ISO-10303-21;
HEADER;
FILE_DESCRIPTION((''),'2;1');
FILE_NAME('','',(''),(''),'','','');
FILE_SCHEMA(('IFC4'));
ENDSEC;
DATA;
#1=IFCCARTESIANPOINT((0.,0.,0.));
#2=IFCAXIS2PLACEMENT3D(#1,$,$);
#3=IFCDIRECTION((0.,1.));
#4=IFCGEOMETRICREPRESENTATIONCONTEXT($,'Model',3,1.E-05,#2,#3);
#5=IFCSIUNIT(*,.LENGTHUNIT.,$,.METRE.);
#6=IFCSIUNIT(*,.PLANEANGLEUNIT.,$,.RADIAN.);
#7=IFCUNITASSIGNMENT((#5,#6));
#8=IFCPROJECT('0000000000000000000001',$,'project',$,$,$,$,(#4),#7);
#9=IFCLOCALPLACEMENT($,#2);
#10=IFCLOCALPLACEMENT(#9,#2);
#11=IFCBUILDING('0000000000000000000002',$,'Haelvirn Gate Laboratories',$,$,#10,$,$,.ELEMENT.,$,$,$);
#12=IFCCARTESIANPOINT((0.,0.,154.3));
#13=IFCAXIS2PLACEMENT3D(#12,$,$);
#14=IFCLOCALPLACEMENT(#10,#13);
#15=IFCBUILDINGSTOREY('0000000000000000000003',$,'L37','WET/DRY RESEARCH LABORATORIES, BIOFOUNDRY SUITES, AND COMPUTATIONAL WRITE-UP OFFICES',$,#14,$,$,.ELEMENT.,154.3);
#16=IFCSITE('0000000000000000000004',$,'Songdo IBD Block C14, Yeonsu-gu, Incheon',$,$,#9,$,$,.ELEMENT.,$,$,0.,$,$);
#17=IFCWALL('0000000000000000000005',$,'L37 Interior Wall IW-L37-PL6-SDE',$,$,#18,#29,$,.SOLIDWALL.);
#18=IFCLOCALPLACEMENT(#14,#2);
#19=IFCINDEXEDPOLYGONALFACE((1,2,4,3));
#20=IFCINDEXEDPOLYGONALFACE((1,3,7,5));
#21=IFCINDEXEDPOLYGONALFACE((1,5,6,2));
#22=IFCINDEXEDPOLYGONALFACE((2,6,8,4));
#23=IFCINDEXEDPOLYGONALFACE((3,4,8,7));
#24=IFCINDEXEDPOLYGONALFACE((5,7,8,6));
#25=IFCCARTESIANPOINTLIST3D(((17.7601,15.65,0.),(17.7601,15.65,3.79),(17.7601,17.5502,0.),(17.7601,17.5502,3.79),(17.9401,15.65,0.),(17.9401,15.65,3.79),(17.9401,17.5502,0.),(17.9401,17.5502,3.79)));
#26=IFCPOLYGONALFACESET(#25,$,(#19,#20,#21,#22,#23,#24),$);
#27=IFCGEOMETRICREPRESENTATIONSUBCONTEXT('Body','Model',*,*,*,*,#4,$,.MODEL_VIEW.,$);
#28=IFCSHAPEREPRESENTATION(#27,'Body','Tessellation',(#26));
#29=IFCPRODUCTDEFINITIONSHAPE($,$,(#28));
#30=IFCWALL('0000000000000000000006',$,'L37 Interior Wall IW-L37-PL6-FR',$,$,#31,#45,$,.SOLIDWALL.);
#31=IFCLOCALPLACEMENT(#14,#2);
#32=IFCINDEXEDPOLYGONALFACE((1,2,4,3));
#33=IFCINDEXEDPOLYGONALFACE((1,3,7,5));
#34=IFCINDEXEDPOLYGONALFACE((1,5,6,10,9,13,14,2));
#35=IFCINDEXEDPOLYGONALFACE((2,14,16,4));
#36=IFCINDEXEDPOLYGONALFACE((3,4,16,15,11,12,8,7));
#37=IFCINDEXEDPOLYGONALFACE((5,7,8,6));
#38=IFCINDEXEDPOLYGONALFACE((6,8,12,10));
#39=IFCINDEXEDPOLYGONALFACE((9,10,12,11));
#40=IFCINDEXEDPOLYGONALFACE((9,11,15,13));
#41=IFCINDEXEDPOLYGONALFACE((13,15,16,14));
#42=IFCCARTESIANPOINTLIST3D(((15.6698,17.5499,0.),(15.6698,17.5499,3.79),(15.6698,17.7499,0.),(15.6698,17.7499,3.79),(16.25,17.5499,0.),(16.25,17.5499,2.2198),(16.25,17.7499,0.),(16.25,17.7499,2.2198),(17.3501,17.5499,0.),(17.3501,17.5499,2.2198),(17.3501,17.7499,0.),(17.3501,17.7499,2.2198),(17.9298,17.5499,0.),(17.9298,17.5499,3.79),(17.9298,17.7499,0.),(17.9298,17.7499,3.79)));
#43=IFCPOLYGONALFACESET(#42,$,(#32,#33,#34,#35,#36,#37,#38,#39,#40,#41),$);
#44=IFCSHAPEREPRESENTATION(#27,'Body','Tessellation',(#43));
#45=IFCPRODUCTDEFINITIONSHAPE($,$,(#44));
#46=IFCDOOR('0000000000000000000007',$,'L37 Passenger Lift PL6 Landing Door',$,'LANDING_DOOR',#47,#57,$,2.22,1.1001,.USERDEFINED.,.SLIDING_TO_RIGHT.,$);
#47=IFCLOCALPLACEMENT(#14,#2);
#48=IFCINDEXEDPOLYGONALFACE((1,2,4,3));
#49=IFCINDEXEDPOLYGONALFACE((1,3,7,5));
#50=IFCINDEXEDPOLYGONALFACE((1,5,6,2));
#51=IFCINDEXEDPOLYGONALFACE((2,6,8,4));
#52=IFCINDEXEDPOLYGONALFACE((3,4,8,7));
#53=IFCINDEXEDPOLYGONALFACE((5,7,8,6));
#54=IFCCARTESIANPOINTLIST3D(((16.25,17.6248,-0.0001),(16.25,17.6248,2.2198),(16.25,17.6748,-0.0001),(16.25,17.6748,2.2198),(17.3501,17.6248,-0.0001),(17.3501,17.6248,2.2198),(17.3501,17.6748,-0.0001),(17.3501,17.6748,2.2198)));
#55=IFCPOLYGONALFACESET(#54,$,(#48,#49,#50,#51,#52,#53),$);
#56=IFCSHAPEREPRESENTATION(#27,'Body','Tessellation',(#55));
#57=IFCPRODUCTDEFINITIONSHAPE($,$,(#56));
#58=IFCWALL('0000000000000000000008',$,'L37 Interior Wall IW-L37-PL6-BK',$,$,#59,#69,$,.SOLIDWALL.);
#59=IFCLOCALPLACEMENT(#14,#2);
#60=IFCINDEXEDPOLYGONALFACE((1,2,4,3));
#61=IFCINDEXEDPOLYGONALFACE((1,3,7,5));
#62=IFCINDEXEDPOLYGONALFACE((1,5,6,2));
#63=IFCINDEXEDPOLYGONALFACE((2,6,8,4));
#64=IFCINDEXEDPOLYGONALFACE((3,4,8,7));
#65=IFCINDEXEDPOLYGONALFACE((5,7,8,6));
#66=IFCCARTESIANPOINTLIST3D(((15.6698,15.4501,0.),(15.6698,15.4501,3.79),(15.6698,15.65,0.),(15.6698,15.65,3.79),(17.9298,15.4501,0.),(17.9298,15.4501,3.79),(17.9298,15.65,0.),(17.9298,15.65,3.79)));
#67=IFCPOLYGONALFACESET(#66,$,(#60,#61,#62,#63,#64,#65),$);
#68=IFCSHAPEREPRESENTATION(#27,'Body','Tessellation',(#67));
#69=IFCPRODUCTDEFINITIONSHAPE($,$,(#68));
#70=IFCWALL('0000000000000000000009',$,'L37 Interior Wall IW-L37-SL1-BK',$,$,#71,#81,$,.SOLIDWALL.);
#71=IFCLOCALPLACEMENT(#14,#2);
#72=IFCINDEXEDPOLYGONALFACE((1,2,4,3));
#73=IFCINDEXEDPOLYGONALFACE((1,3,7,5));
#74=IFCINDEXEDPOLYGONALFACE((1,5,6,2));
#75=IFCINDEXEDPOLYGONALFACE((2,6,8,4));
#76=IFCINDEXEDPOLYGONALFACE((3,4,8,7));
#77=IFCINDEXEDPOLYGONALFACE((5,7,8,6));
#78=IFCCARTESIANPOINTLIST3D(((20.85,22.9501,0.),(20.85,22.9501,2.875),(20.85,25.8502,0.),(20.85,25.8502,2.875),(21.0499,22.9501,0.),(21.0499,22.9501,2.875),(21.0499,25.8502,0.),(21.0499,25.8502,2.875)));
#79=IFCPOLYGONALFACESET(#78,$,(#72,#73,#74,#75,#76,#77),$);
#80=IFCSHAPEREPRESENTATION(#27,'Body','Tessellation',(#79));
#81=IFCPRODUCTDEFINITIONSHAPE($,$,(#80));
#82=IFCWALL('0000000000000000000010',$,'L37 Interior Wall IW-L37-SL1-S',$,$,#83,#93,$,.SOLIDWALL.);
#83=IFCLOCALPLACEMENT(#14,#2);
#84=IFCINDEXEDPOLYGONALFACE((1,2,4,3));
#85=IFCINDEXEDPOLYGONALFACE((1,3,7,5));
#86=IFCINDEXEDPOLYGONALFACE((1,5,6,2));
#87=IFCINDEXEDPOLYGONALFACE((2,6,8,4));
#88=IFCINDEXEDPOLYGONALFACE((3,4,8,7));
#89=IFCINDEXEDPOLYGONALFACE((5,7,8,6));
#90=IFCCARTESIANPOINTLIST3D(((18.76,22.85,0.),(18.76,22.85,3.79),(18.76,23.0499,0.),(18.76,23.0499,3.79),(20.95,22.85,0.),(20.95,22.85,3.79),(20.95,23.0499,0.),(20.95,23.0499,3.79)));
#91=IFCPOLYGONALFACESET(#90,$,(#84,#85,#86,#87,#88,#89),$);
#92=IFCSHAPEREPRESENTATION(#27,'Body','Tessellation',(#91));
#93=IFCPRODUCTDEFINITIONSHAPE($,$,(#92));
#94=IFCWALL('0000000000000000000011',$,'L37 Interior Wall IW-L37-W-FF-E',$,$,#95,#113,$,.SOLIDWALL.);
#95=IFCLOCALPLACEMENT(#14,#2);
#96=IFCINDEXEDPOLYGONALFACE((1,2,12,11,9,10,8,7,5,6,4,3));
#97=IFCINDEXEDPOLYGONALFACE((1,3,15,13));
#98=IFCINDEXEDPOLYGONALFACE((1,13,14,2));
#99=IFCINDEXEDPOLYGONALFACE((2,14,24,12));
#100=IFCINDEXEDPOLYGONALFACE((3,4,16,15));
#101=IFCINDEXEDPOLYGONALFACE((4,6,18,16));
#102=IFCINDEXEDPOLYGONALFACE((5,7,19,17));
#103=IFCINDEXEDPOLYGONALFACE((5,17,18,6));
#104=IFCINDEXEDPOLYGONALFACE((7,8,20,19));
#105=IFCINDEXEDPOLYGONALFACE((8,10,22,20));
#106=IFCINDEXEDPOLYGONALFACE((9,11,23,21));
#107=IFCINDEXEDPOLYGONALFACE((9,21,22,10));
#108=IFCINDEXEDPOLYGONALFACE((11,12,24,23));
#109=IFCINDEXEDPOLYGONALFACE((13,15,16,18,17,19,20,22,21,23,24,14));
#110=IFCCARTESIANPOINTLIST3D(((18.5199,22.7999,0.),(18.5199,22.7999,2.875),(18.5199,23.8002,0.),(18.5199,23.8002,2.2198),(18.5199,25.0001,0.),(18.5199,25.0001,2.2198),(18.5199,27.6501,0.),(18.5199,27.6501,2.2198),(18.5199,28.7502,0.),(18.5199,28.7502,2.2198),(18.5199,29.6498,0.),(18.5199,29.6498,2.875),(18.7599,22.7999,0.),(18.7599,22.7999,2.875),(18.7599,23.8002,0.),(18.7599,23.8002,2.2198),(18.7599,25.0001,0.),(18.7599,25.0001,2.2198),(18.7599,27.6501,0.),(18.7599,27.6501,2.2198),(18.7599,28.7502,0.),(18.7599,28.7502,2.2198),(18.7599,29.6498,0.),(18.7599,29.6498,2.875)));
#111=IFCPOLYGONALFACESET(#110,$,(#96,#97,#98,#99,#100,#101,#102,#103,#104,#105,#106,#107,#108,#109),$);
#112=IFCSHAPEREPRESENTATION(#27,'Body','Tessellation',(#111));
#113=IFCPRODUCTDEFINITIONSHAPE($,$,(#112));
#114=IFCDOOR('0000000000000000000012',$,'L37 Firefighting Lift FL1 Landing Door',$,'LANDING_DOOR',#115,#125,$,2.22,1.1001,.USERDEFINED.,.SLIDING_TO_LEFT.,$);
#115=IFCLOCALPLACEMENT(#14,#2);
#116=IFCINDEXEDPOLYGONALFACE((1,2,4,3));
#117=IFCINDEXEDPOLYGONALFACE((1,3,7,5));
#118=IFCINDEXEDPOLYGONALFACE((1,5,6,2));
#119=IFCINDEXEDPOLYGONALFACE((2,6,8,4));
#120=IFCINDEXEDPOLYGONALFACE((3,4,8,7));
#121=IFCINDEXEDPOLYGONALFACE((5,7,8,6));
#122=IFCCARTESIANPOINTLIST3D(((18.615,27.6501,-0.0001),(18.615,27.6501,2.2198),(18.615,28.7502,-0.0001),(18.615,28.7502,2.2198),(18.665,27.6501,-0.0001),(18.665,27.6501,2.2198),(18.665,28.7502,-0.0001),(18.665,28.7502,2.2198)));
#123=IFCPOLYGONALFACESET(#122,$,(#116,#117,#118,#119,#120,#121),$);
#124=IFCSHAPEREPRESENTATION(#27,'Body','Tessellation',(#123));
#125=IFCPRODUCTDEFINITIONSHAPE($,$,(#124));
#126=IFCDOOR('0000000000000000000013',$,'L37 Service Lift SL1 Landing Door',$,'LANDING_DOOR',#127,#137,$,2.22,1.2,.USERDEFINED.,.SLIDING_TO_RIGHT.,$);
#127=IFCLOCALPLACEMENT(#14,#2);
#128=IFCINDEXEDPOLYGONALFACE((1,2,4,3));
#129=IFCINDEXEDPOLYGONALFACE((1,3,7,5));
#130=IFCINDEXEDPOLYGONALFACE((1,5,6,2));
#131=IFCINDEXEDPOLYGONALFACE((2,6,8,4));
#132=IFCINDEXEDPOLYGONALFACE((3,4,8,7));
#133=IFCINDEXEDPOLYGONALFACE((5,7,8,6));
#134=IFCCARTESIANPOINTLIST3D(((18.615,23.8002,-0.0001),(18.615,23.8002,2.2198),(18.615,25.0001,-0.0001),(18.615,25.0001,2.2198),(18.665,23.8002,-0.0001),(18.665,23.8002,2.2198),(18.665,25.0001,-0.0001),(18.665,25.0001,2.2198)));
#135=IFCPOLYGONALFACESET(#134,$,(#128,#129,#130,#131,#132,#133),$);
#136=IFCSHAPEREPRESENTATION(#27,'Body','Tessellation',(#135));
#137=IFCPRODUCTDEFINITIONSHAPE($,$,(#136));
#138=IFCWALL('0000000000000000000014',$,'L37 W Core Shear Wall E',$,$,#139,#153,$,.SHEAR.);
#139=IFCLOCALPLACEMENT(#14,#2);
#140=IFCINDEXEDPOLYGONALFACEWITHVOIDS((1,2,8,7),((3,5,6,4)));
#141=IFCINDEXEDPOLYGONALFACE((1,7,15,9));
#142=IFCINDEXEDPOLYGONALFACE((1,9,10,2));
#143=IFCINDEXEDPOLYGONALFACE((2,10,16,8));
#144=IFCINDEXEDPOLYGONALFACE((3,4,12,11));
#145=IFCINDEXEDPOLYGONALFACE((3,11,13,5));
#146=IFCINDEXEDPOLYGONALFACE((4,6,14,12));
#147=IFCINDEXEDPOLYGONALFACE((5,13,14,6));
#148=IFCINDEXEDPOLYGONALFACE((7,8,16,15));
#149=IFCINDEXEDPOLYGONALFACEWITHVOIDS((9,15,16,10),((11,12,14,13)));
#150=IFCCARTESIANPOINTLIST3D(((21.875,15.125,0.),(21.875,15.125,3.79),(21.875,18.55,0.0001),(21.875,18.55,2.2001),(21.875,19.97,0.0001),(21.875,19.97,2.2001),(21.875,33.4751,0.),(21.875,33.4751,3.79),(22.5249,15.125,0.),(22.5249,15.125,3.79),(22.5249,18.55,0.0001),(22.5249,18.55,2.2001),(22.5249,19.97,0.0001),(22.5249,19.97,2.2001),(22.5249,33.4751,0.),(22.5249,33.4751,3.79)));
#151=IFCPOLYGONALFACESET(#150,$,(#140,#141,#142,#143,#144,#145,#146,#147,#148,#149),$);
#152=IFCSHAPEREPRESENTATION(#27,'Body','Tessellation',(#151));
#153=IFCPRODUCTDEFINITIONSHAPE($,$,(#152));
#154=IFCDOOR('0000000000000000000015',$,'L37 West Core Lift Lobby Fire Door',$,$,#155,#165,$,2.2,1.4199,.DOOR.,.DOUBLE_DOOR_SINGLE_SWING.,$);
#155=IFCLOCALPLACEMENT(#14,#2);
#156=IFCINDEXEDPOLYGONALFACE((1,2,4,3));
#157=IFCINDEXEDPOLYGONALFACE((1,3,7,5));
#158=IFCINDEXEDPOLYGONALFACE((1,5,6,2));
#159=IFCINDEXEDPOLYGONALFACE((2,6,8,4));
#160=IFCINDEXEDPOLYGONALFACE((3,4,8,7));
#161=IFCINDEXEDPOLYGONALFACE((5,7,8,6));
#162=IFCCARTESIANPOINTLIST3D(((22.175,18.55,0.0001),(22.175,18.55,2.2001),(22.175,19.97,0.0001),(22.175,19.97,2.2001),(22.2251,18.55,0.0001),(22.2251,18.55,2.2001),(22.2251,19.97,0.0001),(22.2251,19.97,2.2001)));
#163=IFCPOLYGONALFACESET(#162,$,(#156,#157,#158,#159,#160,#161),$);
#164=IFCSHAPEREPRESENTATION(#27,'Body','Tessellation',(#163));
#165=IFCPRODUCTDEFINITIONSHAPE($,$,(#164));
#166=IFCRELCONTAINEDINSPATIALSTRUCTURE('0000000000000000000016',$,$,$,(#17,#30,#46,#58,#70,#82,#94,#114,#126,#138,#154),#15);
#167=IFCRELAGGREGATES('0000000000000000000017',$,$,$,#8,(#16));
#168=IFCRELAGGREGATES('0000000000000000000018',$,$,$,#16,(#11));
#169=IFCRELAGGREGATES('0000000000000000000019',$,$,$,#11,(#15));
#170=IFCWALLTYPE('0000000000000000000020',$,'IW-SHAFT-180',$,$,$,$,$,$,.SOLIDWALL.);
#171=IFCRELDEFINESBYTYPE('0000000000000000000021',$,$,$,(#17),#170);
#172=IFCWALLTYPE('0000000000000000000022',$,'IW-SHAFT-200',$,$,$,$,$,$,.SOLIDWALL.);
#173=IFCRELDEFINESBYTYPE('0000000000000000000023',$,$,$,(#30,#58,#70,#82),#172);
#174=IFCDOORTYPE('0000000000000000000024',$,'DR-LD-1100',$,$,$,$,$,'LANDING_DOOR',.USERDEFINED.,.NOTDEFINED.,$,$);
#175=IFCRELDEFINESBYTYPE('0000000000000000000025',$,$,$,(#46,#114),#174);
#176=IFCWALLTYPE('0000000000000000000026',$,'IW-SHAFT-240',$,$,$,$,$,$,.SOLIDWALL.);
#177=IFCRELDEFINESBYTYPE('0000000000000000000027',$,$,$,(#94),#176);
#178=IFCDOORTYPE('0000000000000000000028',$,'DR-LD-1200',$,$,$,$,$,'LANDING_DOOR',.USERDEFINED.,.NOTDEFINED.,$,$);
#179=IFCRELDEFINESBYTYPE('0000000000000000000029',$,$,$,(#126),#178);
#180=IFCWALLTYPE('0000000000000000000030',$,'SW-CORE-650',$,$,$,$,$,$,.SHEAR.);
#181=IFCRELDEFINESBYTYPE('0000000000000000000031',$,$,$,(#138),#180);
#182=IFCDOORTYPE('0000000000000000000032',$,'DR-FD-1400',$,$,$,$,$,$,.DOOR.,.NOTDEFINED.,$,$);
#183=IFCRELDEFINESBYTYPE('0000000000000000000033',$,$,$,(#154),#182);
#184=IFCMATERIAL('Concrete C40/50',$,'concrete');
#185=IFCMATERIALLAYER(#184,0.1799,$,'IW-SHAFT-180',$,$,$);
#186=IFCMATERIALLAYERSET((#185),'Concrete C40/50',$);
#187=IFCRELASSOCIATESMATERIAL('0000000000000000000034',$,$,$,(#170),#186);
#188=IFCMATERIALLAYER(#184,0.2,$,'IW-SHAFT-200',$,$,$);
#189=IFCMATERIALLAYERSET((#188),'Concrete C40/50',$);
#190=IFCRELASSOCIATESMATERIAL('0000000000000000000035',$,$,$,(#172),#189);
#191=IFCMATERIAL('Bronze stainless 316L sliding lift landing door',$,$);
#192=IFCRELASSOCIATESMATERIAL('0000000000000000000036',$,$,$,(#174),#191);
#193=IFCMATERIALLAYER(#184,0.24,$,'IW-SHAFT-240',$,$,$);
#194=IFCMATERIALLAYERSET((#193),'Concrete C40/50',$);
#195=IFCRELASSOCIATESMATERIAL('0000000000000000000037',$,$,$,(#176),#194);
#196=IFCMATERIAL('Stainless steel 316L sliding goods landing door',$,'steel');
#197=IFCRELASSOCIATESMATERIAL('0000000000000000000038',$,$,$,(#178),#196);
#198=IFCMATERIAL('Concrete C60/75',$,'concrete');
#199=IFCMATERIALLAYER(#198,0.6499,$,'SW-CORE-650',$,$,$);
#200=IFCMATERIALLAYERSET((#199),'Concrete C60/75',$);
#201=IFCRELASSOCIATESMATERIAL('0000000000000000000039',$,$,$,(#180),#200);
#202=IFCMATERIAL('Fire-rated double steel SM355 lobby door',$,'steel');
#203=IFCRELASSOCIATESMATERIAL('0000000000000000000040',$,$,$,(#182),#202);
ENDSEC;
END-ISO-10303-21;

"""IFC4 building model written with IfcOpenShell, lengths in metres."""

from ifc_helpers import new_model, si_unit, direction, frame, frame_2d, origin, place, context, subcontext, project, spatial, rectangle, extrude, source, transform, mapped, material, layer, layer_set, type_object, type_shapes, element, fill, save


model = new_model("IFC4")

# Units and contexts
model_context = context("Model", 3, precision=1e-05, world=origin(), true_north=direction((0.0, 1.0)))
body_context = subcontext(model_context, "Body", "Model", "MODEL_VIEW")
ifc_project = project(units=[si_unit("LENGTHUNIT", "METRE"), si_unit("PLANEANGLEUNIT", "RADIAN")], contexts=[model_context])

# Site, building, storey
site_placement = place(None, origin())
site = spatial("IfcSite", under=ifc_project, at=site_placement, Name="Songdo IBD Block C14, Yeonsu-gu, Incheon", CompositionType="ELEMENT", RefElevation=0.0)
building_placement = place(site_placement, origin())
building = spatial("IfcBuilding", under=site, at=building_placement, Name="Haelvirn Gate Laboratories", CompositionType="ELEMENT")
storey_placement = place(building_placement, frame((0.0, 0.0, 154.3)))
storey = spatial("IfcBuildingStorey", under=building, at=storey_placement, Name="L37", Description="WET/DRY RESEARCH LABORATORIES, BIOFOUNDRY SUITES, AND COMPUTATIONAL WRITE-UP OFFICES", CompositionType="ELEMENT", Elevation=154.3)

# Shared definitions
ifc_material_1 = material(Name="Concrete C60/75", Category="concrete")

# Wall
ifc_material_2 = material(Name="Concrete C40/50", Category="concrete")
ifc_layer_1 = layer(ifc_material_2, 0.1799, Name="IW-SHAFT-180")
ifc_layer_set_1 = layer_set([ifc_layer_1], Name="Concrete C40/50")
wall_type_1 = type_object("IfcWallType", Name="IW-SHAFT-180", PredefinedType="SOLIDWALL", material=ifc_layer_set_1)
for number, where, z_axis, x_axis, name in (
    (1, (17.8501, 15.6499, 0.0), (0.0, 0.0, 1.0), (0.0, 1.0, 0.0), "L37 Interior Wall IW-L37-PL6-SDE"),
):
    element("IfcWall", number, at=place(storey_placement, frame(where, z_axis=z_axis, x_axis=x_axis)), inside=storey, type_object=wall_type_1, Name=name, PredefinedType="SOLIDWALL", context=body_context, shape_type="SweptSolid", body=[
        extrude(rectangle(XDim=1.9001, YDim=0.1799, at=frame_2d((0.9502, 0.0))), origin(), (0.0, 0.0, 1.0), 3.79),
    ])

# Wall, opening, door
ifc_layer_2 = layer(ifc_material_2, 0.2, Name="IW-SHAFT-200")
ifc_layer_set_2 = layer_set([ifc_layer_2], Name="Concrete C40/50")
wall_type_2 = type_object("IfcWallType", Name="IW-SHAFT-200", PredefinedType="SOLIDWALL", material=ifc_layer_set_2)
wall_1_placement = place(storey_placement, frame((15.6699, 17.6499, 0.0), z_axis=(0.0, 0.0, 1.0), x_axis=(1.0, 0.0, 0.0)))
wall_1 = element("IfcWall", 2, at=wall_1_placement, inside=storey, type_object=wall_type_2, Name="L37 Interior Wall IW-L37-PL6-FR", PredefinedType="SOLIDWALL", context=body_context, shape_type="SweptSolid", body=[
    extrude(rectangle(XDim=2.26, YDim=0.2, at=frame_2d((1.1299, 0.0))), origin(), (0.0, 0.0, 1.0), 3.79),
])
opening_1_placement = place(wall_1_placement, frame((0.5801, 0.0, 0.0)))
opening_1 = element("IfcOpeningElement", 3, at=opening_1_placement, cuts=wall_1, PredefinedType="OPENING", context=body_context, shape_type="SweptSolid", body=[
    extrude(rectangle(XDim=1.1001, YDim=2.22, at=frame_2d((0.55, 1.1099))), frame((0.0, 0.1099, 0.0), z_axis=(0.0, -1.0, 0.0), x_axis=(1.0, 0.0, 0.0)), (0.0, 0.0, 1.0), 0.22),
])
ifc_material_3 = material(Name="Bronze stainless 316L sliding lift landing door")
door_type_1 = type_object("IfcDoorType", Name="DR-LD-1100", ElementType="LANDING_DOOR", OperationType="NOTDEFINED", PredefinedType="USERDEFINED", material=ifc_material_3)
shared_shape_1 = source(origin(), body_context, "Body", "SweptSolid", [
    extrude(rectangle(XDim=1.1001, YDim=2.22, at=frame_2d((0.55, 1.1099))), frame((0.0, 0.0249, 0.0), z_axis=(0.0, -1.0, 0.0), x_axis=(1.0, 0.0, 0.0)), (0.0, 0.0, 1.0), 0.05),
])
type_shapes(door_type_1, [shared_shape_1])
door_1_placement = place(opening_1_placement, origin())
door_1 = element("IfcDoor", 4, at=door_1_placement, inside=storey, type_object=door_type_1, Name="L37 Passenger Lift PL6 Landing Door", ObjectType="LANDING_DOOR", OperationType="SLIDING_TO_RIGHT", OverallHeight=2.22, OverallWidth=1.1001, PredefinedType="USERDEFINED", context=body_context, shape_type="MappedRepresentation", body=[
    mapped(shared_shape_1, transform((0.0, 0.0, 0.0), scale=1.0)),
])
fill(opening_1, door_1)

# Walls
wall_2_placement = place(storey_placement, frame((15.6699, 15.55, 0.0), z_axis=(0.0, 0.0, 1.0), x_axis=(1.0, 0.0, 0.0)))
element("IfcWall", 5, at=wall_2_placement, inside=storey, type_object=wall_type_2, Name="L37 Interior Wall IW-L37-PL6-BK", PredefinedType="SOLIDWALL", context=body_context, shape_type="SweptSolid", body=[
    extrude(rectangle(XDim=2.26, YDim=0.2, at=frame_2d((1.1299, 0.0))), origin(), (0.0, 0.0, 1.0), 3.79),
])
wall_3_placement = place(storey_placement, frame((20.95, 22.95, 0.0), z_axis=(0.0, 0.0, 1.0), x_axis=(0.0, 1.0, 0.0)))
element("IfcWall", 6, at=wall_3_placement, inside=storey, type_object=wall_type_2, Name="L37 Interior Wall IW-L37-SL1-BK", PredefinedType="SOLIDWALL", context=body_context, shape_type="SweptSolid", body=[
    extrude(rectangle(XDim=2.9001, YDim=0.2, at=frame_2d((1.4502, 0.0))), origin(), (0.0, 0.0, 1.0), 2.875),
])
wall_4_placement = place(storey_placement, frame((18.76, 22.95, 0.0), z_axis=(0.0, 0.0, 1.0), x_axis=(1.0, 0.0, 0.0)))
element("IfcWall", 7, at=wall_4_placement, inside=storey, type_object=wall_type_2, Name="L37 Interior Wall IW-L37-SL1-S", PredefinedType="SOLIDWALL", context=body_context, shape_type="SweptSolid", body=[
    extrude(rectangle(XDim=2.1899, YDim=0.2, at=frame_2d((1.095, 0.0))), origin(), (0.0, 0.0, 1.0), 3.79),
])

# Wall, openings, doors
ifc_layer_3 = layer(ifc_material_2, 0.24, Name="IW-SHAFT-240")
ifc_layer_set_3 = layer_set([ifc_layer_3], Name="Concrete C40/50")
wall_type_3 = type_object("IfcWallType", Name="IW-SHAFT-240", PredefinedType="SOLIDWALL", material=ifc_layer_set_3)
wall_5_placement = place(storey_placement, frame((18.6399, 22.8, 0.0), z_axis=(0.0, 0.0, 1.0), x_axis=(0.0, 1.0, 0.0)))
wall_5 = element("IfcWall", 8, at=wall_5_placement, inside=storey, type_object=wall_type_3, Name="L37 Interior Wall IW-L37-W-FF-E", PredefinedType="SOLIDWALL", context=body_context, shape_type="SweptSolid", body=[
    extrude(rectangle(XDim=6.8499, YDim=0.24, at=frame_2d((3.4248, 0.0))), origin(), (0.0, 0.0, 1.0), 2.875),
])
opening_2_placement = place(wall_5_placement, frame((4.8501, 0.0, 0.0)))
opening_2 = element("IfcOpeningElement", 9, at=opening_2_placement, cuts=wall_5, PredefinedType="OPENING", context=body_context, shape_type="SweptSolid", body=[
    extrude(rectangle(XDim=1.1001, YDim=2.22, at=frame_2d((0.55, 1.1099))), frame((0.0, 0.1299, 0.0), z_axis=(0.0, -1.0, 0.0), x_axis=(1.0, 0.0, 0.0)), (0.0, 0.0, 1.0), 0.26),
])
opening_3_placement = place(wall_5_placement, frame((1.0, 0.0, 0.0)))
opening_3 = element("IfcOpeningElement", 10, at=opening_3_placement, cuts=wall_5, PredefinedType="OPENING", context=body_context, shape_type="SweptSolid", body=[
    extrude(rectangle(XDim=1.2, YDim=2.22, at=frame_2d((0.6001, 1.1099))), frame((0.0, 0.1299, 0.0), z_axis=(0.0, -1.0, 0.0), x_axis=(1.0, 0.0, 0.0)), (0.0, 0.0, 1.0), 0.26),
])
door_2_placement = place(opening_2_placement, origin())
door_2 = element("IfcDoor", 11, at=door_2_placement, inside=storey, type_object=door_type_1, Name="L37 Firefighting Lift FL1 Landing Door", ObjectType="LANDING_DOOR", OperationType="SLIDING_TO_LEFT", OverallHeight=2.22, OverallWidth=1.1001, PredefinedType="USERDEFINED", context=body_context, shape_type="MappedRepresentation", body=[
    mapped(shared_shape_1, transform((0.0, 0.0, 0.0), scale=1.0)),
])
fill(opening_2, door_2)
ifc_material_4 = material(Name="Stainless steel 316L sliding goods landing door", Category="steel")
door_type_2 = type_object("IfcDoorType", Name="DR-LD-1200", ElementType="LANDING_DOOR", OperationType="NOTDEFINED", PredefinedType="USERDEFINED", material=ifc_material_4)
shared_shape_2 = source(origin(), body_context, "Body", "SweptSolid", [
    extrude(rectangle(XDim=1.2, YDim=2.22, at=frame_2d((0.6001, 1.1099))), frame((0.0, 0.0249, 0.0), z_axis=(0.0, -1.0, 0.0), x_axis=(1.0, 0.0, 0.0)), (0.0, 0.0, 1.0), 0.05),
])
type_shapes(door_type_2, [shared_shape_2])
door_3_placement = place(opening_3_placement, origin())
door_3 = element("IfcDoor", 12, at=door_3_placement, inside=storey, type_object=door_type_2, Name="L37 Service Lift SL1 Landing Door", ObjectType="LANDING_DOOR", OperationType="SLIDING_TO_RIGHT", OverallHeight=2.22, OverallWidth=1.2, PredefinedType="USERDEFINED", context=body_context, shape_type="MappedRepresentation", body=[
    mapped(shared_shape_2, transform((0.0, 0.0, 0.0), scale=1.0)),
])
fill(opening_3, door_3)

# Wall, opening, door
ifc_layer_4 = layer(ifc_material_1, 0.6499, Name="SW-CORE-650")
ifc_layer_set_4 = layer_set([ifc_layer_4], Name="Concrete C60/75")
wall_type_4 = type_object("IfcWallType", Name="SW-CORE-650", PredefinedType="SHEAR", material=ifc_layer_set_4)
wall_6_placement = place(storey_placement, frame((22.2, 15.125, 0.0), z_axis=(0.0, 0.0, 1.0), x_axis=(0.0, 1.0, 0.0)))
wall_6 = element("IfcWall", 13, at=wall_6_placement, inside=storey, type_object=wall_type_4, Name="L37 W Core Shear Wall E", PredefinedType="SHEAR", context=body_context, shape_type="SweptSolid", body=[
    extrude(rectangle(XDim=18.3501, YDim=0.6499, at=frame_2d((9.175, 0.0))), origin(), (0.0, 0.0, 1.0), 3.79),
])
opening_4_placement = place(wall_6_placement, frame((3.425, 0.0, 0.0)))
opening_4 = element("IfcOpeningElement", 14, at=opening_4_placement, cuts=wall_6, PredefinedType="OPENING", context=body_context, shape_type="SweptSolid", body=[
    extrude(rectangle(XDim=1.4199, YDim=2.2, at=frame_2d((0.71, 1.1001))), frame((0.0, 0.335, 0.0), z_axis=(0.0, -1.0, 0.0), x_axis=(1.0, 0.0, 0.0)), (0.0, 0.0, 1.0), 0.6699),
])
ifc_material_5 = material(Name="Fire-rated double steel SM355 lobby door", Category="steel")
door_type_3 = type_object("IfcDoorType", Name="DR-FD-1400", OperationType="NOTDEFINED", PredefinedType="DOOR", material=ifc_material_5)
shared_shape_3 = source(origin(), body_context, "Body", "SweptSolid", [
    extrude(rectangle(XDim=1.4199, YDim=2.2, at=frame_2d((0.71, 1.1001))), frame((0.0, 0.0249, 0.0), z_axis=(0.0, -1.0, 0.0), x_axis=(1.0, 0.0, 0.0)), (0.0, 0.0, 1.0), 0.05),
])
type_shapes(door_type_3, [shared_shape_3])
door_4_placement = place(opening_4_placement, origin())
door_4 = element("IfcDoor", 15, at=door_4_placement, inside=storey, type_object=door_type_3, Name="L37 West Core Lift Lobby Fire Door", OperationType="DOUBLE_DOOR_SINGLE_SWING", OverallHeight=2.2, OverallWidth=1.4199, PredefinedType="DOOR", context=body_context, shape_type="MappedRepresentation", body=[
    mapped(shared_shape_3, transform((0.0, 0.0, 0.0), scale=1.0)),
])
fill(opening_4, door_4)

save(model, "model.ifc")
